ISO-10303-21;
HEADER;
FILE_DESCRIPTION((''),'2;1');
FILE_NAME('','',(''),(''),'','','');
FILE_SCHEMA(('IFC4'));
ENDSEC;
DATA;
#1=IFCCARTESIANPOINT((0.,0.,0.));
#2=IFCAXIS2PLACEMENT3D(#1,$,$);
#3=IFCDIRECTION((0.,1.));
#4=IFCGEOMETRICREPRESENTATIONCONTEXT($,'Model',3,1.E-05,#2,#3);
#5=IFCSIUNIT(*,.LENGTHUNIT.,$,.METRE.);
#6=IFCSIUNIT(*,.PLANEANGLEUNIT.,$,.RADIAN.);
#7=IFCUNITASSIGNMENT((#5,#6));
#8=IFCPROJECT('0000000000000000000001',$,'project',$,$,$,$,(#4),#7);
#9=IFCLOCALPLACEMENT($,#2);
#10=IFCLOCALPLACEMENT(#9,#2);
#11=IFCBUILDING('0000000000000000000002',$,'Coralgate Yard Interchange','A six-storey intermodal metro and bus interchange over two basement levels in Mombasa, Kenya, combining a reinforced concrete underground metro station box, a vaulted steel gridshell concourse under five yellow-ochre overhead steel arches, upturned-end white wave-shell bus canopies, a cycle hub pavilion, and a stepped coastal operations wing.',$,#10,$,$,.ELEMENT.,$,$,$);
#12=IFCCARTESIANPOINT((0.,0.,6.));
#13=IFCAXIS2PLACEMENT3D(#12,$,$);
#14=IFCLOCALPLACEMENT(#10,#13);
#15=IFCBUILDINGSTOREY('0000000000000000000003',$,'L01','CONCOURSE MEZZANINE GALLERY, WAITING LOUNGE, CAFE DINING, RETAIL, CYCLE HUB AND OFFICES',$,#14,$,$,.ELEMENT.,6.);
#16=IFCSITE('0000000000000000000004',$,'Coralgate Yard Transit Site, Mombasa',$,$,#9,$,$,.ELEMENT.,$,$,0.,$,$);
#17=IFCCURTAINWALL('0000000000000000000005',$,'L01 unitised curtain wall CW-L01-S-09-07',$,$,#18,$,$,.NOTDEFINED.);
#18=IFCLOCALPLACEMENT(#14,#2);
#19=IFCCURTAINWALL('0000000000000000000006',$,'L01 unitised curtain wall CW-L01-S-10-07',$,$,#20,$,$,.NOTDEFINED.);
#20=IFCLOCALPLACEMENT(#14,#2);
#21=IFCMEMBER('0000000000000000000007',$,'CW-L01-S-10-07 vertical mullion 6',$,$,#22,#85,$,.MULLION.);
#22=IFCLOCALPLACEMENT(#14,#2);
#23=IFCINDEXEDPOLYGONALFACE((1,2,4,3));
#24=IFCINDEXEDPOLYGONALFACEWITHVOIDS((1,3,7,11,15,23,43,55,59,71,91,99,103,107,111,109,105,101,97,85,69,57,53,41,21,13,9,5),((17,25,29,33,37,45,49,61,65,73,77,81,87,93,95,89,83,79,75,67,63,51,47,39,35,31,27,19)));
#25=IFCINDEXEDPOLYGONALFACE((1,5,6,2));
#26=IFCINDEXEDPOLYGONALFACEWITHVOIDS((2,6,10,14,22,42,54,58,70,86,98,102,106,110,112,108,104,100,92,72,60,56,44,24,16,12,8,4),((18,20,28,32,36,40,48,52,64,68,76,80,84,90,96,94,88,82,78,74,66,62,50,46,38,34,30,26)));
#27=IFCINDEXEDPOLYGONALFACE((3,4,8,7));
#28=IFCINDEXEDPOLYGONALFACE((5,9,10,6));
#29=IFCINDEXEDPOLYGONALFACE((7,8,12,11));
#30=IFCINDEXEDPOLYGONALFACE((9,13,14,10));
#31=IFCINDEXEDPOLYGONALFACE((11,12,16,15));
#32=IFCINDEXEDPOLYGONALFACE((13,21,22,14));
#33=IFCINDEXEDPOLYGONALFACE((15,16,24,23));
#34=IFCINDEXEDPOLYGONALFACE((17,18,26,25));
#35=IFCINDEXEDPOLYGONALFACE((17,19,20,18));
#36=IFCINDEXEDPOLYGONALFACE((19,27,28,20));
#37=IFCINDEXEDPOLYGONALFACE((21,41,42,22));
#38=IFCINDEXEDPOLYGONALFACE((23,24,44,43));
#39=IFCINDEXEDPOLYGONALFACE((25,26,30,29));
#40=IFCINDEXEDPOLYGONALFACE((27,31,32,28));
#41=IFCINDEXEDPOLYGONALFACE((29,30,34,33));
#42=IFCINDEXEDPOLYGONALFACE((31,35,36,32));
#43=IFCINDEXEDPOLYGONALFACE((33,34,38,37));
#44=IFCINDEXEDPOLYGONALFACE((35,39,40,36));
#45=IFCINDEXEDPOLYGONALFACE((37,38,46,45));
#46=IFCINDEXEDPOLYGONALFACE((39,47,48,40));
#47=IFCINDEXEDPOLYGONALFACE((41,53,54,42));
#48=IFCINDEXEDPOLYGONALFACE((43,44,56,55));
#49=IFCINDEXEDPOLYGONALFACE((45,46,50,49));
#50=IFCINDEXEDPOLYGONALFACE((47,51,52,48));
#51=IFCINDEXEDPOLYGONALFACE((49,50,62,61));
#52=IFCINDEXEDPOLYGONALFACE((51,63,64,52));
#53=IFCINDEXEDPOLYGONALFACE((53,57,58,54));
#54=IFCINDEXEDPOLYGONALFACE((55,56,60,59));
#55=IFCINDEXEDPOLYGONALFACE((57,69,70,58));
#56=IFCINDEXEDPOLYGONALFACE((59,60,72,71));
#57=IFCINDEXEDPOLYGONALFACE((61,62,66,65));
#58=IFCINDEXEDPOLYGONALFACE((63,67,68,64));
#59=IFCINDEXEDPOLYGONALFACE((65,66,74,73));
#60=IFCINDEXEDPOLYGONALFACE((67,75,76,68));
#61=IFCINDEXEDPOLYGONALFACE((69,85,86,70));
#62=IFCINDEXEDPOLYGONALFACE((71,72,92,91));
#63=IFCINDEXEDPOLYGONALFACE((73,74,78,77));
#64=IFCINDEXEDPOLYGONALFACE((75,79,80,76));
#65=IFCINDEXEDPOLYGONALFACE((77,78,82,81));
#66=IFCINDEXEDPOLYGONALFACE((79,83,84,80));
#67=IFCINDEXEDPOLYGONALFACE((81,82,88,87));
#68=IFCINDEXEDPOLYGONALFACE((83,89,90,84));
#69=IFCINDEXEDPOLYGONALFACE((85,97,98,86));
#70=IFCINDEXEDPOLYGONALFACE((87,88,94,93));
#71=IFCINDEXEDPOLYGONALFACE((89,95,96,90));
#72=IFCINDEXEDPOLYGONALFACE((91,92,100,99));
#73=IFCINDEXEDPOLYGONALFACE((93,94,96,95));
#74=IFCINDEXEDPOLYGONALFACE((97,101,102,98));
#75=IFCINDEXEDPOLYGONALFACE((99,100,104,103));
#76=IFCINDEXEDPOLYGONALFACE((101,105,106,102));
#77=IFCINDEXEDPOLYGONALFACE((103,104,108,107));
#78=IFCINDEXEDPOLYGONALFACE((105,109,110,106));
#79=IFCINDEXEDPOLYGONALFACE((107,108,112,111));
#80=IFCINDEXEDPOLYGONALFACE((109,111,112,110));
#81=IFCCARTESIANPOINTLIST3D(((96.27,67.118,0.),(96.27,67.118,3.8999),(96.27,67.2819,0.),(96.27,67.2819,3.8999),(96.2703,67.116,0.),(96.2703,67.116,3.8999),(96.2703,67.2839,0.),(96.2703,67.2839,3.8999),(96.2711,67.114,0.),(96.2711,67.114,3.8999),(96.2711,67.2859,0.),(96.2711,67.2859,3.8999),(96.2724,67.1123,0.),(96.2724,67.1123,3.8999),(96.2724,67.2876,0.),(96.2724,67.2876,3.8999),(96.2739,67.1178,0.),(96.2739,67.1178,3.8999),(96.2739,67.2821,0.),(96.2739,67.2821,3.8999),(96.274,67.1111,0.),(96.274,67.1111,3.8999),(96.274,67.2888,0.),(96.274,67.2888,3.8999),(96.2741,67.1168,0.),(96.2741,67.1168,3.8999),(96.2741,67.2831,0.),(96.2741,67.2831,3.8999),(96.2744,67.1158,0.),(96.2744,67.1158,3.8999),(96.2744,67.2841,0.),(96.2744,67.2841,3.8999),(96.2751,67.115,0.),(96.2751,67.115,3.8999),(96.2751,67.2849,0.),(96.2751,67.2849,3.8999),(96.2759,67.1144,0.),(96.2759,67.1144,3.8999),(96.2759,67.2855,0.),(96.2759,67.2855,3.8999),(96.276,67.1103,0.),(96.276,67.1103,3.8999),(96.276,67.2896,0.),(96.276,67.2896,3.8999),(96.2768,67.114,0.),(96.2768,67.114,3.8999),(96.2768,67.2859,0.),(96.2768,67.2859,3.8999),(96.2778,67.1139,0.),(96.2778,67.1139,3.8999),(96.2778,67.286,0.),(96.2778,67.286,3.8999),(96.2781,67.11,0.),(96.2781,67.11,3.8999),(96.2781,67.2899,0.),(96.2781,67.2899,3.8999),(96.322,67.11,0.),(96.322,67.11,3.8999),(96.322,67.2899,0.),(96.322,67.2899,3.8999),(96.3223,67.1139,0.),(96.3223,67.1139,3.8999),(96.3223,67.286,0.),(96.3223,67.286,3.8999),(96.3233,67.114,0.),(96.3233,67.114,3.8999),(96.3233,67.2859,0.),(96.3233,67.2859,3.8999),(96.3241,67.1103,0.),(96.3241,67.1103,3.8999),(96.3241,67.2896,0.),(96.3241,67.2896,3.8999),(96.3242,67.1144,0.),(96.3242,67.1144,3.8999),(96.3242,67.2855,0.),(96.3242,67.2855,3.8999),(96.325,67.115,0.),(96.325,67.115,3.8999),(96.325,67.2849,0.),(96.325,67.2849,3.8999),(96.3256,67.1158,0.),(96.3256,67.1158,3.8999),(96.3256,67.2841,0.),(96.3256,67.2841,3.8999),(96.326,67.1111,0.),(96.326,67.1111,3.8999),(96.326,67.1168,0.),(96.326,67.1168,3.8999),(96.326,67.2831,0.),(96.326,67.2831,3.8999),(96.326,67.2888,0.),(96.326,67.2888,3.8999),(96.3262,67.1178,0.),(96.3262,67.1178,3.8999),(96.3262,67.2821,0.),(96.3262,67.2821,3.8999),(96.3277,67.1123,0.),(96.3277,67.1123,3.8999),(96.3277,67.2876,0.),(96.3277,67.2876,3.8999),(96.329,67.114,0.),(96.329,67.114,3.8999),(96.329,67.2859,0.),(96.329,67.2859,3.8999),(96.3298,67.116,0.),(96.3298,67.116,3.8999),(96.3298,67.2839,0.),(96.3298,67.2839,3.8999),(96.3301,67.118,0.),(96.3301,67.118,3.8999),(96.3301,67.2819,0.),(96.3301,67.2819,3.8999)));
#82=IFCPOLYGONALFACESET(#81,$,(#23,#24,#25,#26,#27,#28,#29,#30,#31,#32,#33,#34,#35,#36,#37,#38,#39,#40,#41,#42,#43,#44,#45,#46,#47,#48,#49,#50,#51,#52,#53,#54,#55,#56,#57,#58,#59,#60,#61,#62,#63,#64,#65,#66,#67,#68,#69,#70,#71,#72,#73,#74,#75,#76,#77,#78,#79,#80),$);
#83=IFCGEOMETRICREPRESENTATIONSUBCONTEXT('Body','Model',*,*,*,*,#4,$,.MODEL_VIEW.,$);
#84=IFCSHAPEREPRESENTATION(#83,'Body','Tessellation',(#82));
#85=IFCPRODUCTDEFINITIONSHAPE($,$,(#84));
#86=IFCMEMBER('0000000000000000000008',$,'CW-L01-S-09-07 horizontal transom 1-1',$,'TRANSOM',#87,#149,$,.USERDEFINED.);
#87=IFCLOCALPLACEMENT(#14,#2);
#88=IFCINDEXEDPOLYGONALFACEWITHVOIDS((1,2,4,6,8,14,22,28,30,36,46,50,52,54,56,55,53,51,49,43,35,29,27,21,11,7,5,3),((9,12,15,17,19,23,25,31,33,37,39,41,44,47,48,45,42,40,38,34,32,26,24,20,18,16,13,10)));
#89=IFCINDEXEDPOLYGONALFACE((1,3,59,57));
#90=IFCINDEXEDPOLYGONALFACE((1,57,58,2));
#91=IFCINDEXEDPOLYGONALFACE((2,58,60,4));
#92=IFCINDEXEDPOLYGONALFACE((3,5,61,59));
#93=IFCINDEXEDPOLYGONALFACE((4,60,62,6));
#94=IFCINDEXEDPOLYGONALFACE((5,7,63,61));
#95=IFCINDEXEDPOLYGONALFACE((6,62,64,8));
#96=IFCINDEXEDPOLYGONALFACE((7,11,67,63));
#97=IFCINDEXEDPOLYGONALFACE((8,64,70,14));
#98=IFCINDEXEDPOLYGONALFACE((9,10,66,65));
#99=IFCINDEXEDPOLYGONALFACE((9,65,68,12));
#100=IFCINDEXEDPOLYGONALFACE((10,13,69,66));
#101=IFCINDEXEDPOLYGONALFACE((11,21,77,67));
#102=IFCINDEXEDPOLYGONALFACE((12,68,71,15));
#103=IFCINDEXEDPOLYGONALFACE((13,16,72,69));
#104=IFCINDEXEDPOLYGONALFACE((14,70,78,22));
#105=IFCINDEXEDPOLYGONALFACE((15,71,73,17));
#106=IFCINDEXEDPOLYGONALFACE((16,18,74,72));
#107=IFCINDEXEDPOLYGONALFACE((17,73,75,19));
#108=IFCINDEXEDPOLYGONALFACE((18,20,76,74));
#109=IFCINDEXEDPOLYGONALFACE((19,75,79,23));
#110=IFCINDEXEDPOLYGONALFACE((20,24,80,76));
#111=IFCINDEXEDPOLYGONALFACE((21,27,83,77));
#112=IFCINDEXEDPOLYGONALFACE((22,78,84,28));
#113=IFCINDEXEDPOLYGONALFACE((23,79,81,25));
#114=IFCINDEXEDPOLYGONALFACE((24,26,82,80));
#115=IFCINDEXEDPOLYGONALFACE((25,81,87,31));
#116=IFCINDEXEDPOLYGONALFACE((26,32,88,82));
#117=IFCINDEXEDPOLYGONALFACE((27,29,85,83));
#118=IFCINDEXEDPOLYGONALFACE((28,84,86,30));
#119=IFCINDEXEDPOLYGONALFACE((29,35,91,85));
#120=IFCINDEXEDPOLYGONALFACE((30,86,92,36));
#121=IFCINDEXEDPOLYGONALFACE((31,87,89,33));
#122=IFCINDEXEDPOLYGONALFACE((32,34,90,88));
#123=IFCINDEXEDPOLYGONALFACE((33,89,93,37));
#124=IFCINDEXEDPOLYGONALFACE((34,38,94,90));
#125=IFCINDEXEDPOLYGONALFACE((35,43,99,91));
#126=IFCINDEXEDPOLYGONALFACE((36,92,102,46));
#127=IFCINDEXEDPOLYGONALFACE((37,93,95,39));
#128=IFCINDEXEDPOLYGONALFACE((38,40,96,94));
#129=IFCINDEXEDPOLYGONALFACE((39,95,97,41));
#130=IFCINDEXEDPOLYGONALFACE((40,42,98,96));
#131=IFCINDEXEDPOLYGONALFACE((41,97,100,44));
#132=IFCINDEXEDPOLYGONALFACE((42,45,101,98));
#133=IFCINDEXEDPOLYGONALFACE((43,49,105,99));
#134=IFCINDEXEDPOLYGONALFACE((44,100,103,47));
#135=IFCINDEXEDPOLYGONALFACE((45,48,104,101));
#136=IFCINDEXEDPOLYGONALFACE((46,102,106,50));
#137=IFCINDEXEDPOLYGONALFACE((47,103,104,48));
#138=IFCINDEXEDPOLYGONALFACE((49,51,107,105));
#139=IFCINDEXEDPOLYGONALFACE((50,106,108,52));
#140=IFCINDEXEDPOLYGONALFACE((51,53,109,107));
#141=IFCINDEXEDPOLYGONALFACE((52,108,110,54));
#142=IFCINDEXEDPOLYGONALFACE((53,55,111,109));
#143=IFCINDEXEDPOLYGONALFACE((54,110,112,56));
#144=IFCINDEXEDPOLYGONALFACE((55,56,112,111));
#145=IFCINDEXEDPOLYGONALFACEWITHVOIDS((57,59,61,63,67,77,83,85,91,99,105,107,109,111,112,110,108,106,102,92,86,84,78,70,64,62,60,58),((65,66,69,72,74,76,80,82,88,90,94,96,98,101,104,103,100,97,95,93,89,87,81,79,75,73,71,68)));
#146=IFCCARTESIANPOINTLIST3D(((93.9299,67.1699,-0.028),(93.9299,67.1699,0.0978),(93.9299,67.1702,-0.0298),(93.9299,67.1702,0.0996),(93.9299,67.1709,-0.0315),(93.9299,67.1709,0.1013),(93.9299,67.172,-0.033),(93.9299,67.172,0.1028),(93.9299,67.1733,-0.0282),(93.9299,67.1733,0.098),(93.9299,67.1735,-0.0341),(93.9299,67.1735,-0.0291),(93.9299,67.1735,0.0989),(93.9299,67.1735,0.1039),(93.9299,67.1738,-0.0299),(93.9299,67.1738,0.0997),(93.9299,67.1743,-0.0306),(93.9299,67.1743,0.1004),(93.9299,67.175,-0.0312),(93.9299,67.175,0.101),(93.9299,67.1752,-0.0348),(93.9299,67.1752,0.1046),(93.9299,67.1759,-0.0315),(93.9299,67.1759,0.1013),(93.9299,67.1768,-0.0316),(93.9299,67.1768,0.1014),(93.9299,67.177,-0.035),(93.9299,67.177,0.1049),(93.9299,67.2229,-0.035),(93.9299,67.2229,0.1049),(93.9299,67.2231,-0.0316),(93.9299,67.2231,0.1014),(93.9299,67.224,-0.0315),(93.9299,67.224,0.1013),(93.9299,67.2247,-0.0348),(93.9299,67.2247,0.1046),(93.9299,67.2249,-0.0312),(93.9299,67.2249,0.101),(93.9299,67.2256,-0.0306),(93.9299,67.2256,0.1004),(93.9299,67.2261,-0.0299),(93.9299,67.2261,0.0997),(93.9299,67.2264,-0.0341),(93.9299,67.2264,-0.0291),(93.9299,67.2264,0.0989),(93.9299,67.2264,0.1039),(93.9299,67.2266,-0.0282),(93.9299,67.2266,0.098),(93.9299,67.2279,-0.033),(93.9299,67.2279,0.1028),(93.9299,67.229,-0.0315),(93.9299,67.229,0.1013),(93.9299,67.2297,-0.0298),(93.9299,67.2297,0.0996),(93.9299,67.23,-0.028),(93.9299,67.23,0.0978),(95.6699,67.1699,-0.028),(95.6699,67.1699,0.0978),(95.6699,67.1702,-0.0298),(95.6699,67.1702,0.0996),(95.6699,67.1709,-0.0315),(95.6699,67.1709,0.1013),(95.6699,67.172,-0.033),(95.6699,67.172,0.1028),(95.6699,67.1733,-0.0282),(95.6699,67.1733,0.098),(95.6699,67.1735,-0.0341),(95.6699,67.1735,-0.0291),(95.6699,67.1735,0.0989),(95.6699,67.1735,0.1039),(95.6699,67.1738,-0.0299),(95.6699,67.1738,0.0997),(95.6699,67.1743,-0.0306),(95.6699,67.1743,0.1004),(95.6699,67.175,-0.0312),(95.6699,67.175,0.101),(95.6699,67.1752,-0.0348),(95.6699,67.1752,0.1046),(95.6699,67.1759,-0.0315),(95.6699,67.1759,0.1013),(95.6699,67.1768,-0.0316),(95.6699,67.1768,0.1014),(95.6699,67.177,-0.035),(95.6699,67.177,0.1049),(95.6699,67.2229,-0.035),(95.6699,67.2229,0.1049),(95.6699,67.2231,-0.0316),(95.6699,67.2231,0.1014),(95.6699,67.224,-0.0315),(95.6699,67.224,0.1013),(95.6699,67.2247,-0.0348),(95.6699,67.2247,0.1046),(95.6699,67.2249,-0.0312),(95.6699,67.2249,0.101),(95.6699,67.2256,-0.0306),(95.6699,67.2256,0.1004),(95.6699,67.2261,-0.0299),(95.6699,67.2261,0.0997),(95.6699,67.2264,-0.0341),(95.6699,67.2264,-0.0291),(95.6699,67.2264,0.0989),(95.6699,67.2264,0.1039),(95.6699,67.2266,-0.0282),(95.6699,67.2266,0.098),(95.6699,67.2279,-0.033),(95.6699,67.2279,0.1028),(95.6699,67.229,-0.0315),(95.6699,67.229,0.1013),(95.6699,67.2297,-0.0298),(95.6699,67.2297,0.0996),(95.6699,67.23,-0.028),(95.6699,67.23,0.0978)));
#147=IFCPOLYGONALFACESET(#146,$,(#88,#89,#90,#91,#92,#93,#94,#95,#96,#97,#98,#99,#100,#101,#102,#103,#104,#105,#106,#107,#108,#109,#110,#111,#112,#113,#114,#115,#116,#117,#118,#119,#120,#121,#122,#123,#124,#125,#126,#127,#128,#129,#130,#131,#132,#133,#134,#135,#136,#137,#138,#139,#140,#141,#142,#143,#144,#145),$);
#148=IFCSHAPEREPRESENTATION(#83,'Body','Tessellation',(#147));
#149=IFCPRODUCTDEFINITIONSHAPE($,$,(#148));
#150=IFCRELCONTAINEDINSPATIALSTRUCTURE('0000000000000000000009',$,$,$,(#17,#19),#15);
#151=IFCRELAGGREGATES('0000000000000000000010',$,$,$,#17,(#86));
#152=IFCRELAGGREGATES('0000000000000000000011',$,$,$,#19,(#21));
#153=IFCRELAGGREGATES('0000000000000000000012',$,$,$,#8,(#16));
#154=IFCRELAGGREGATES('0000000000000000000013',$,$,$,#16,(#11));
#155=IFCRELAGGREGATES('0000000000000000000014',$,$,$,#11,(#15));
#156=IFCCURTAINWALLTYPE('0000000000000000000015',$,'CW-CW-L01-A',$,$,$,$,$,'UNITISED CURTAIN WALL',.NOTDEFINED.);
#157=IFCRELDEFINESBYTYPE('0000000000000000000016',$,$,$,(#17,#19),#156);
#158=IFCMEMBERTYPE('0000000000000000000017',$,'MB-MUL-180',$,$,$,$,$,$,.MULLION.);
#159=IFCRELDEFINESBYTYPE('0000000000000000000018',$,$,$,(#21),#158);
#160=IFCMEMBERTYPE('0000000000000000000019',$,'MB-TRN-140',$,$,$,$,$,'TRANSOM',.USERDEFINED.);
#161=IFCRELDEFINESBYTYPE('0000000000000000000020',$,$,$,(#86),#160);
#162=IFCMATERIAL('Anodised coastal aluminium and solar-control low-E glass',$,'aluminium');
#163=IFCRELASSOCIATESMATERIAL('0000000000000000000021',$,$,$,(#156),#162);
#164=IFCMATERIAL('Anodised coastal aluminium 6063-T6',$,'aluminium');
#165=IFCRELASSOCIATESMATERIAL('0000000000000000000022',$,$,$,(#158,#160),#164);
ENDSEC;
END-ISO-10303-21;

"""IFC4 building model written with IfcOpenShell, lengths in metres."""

from ifc_helpers import new_model, si_unit, direction, frame, origin, origin_2d, place, context, subcontext, project, spatial, hollow_rectangle, extrude, material, material_profile, profile_set, type_object, element, aggregate, save


model = new_model("IFC4")

# Units and contexts
model_context = context("Model", 3, precision=1e-05, world=origin(), true_north=direction((0.0, 1.0)))
body_context = subcontext(model_context, "Body", "Model", "MODEL_VIEW")
ifc_project = project(units=[si_unit("LENGTHUNIT", "METRE"), si_unit("PLANEANGLEUNIT", "RADIAN")], contexts=[model_context])

# Site, building, storey
site_placement = place(None, origin())
site = spatial("IfcSite", under=ifc_project, at=site_placement, Name="Coralgate Yard Transit Site, Mombasa", CompositionType="ELEMENT", RefElevation=0.0)
building_placement = place(site_placement, origin())
building = spatial("IfcBuilding", under=site, at=building_placement, Name="Coralgate Yard Interchange", Description="A six-storey intermodal metro and bus interchange over two basement levels in Mombasa, Kenya, combining a reinforced concrete underground metro station box, a vaulted steel gridshell concourse under five yellow-ochre overhead steel arches, upturned-end white wave-shell bus canopies, a cycle hub pavilion, and a stepped coastal operations wing.", CompositionType="ELEMENT")
storey_placement = place(building_placement, frame((0.0, 0.0, 6.0)))
storey = spatial("IfcBuildingStorey", under=building, at=storey_placement, Name="L01", Description="CONCOURSE MEZZANINE GALLERY, WAITING LOUNGE, CAFE DINING, RETAIL, CYCLE HUB AND OFFICES", CompositionType="ELEMENT", Elevation=6.0)

# Curtain wall
ifc_material_1 = material(Name="Anodised coastal aluminium and solar-control low-E glass", Category="aluminium")
curtain_wall_type = type_object("IfcCurtainWallType", Name="CW-CW-L01-A", ElementType="UNITISED CURTAIN WALL", PredefinedType="NOTDEFINED", material=ifc_material_1)
curtain_wall_1_placement = place(storey_placement, origin())
curtain_wall_1 = element("IfcCurtainWall", 1, at=curtain_wall_1_placement, inside=storey, type_object=curtain_wall_type, Name="L01 unitised curtain wall CW-L01-S-09-07", PredefinedType="NOTDEFINED")
ifc_material_2 = material(Name="Anodised coastal aluminium 6063-T6", Category="aluminium")
ifc_material_profile_1 = material_profile(ifc_material_2, hollow_rectangle(XDim=0.0601, YDim=0.1799, WallThickness=0.0039, InnerFilletRadius=0.0039, OuterFilletRadius=0.0081, at=origin_2d()), Name="ALU 60x180x4")
ifc_profile_set_1 = profile_set([ifc_material_profile_1], Name="Anodised coastal aluminium 6063-T6")
member_type_1 = type_object("IfcMemberType", Name="MB-MUL-180", PredefinedType="MULLION", material=ifc_profile_set_1)

# Curtain wall, member
curtain_wall_2_placement = place(storey_placement, origin())
curtain_wall_2 = element("IfcCurtainWall", 2, at=curtain_wall_2_placement, inside=storey, type_object=curtain_wall_type, Name="L01 unitised curtain wall CW-L01-S-10-07", PredefinedType="NOTDEFINED")
member_1_placement = place(storey_placement, frame((96.3, 67.2, 0.0), z_axis=(0.0, 0.0, 1.0), x_axis=(1.0, 0.0, 0.0)))
member_1 = element("IfcMember", 3, at=member_1_placement, type_object=member_type_1, Name="CW-L01-S-10-07 vertical mullion 6", PredefinedType="MULLION", context=body_context, shape_type="SweptSolid", body=[
    extrude(hollow_rectangle(XDim=0.0601, YDim=0.1799, WallThickness=0.0039, InnerFilletRadius=0.0039, OuterFilletRadius=0.0081, at=origin_2d()), origin(), (0.0, 0.0, 1.0), 3.8999),
])

# Member
ifc_material_profile_2 = material_profile(ifc_material_2, hollow_rectangle(XDim=0.0601, YDim=0.1399, WallThickness=0.0034, InnerFilletRadius=0.0034, OuterFilletRadius=0.0071, at=origin_2d()), Name="ALU 60x140x3.5")
ifc_profile_set_2 = profile_set([ifc_material_profile_2], Name="Anodised coastal aluminium 6063-T6")
member_type_2 = type_object("IfcMemberType", Name="MB-TRN-140", ElementType="TRANSOM", PredefinedType="USERDEFINED", material=ifc_profile_set_2)
member_2_placement = place(storey_placement, frame((95.6699, 67.2, 0.0349), z_axis=(-1.0, 0.0, 0.0), x_axis=(0.0, -1.0, 0.0)))
member_2 = element("IfcMember", 4, at=member_2_placement, type_object=member_type_2, Name="CW-L01-S-09-07 horizontal transom 1-1", ObjectType="TRANSOM", PredefinedType="USERDEFINED", context=body_context, shape_type="SweptSolid", body=[
    extrude(hollow_rectangle(XDim=0.0601, YDim=0.1399, WallThickness=0.0034, InnerFilletRadius=0.0034, OuterFilletRadius=0.0071, at=origin_2d()), origin(), (0.0, 0.0, 1.0), 1.74),
])
aggregate(curtain_wall_1, [member_2])

aggregate(curtain_wall_2, [member_1])

save(model, "model.ifc")
